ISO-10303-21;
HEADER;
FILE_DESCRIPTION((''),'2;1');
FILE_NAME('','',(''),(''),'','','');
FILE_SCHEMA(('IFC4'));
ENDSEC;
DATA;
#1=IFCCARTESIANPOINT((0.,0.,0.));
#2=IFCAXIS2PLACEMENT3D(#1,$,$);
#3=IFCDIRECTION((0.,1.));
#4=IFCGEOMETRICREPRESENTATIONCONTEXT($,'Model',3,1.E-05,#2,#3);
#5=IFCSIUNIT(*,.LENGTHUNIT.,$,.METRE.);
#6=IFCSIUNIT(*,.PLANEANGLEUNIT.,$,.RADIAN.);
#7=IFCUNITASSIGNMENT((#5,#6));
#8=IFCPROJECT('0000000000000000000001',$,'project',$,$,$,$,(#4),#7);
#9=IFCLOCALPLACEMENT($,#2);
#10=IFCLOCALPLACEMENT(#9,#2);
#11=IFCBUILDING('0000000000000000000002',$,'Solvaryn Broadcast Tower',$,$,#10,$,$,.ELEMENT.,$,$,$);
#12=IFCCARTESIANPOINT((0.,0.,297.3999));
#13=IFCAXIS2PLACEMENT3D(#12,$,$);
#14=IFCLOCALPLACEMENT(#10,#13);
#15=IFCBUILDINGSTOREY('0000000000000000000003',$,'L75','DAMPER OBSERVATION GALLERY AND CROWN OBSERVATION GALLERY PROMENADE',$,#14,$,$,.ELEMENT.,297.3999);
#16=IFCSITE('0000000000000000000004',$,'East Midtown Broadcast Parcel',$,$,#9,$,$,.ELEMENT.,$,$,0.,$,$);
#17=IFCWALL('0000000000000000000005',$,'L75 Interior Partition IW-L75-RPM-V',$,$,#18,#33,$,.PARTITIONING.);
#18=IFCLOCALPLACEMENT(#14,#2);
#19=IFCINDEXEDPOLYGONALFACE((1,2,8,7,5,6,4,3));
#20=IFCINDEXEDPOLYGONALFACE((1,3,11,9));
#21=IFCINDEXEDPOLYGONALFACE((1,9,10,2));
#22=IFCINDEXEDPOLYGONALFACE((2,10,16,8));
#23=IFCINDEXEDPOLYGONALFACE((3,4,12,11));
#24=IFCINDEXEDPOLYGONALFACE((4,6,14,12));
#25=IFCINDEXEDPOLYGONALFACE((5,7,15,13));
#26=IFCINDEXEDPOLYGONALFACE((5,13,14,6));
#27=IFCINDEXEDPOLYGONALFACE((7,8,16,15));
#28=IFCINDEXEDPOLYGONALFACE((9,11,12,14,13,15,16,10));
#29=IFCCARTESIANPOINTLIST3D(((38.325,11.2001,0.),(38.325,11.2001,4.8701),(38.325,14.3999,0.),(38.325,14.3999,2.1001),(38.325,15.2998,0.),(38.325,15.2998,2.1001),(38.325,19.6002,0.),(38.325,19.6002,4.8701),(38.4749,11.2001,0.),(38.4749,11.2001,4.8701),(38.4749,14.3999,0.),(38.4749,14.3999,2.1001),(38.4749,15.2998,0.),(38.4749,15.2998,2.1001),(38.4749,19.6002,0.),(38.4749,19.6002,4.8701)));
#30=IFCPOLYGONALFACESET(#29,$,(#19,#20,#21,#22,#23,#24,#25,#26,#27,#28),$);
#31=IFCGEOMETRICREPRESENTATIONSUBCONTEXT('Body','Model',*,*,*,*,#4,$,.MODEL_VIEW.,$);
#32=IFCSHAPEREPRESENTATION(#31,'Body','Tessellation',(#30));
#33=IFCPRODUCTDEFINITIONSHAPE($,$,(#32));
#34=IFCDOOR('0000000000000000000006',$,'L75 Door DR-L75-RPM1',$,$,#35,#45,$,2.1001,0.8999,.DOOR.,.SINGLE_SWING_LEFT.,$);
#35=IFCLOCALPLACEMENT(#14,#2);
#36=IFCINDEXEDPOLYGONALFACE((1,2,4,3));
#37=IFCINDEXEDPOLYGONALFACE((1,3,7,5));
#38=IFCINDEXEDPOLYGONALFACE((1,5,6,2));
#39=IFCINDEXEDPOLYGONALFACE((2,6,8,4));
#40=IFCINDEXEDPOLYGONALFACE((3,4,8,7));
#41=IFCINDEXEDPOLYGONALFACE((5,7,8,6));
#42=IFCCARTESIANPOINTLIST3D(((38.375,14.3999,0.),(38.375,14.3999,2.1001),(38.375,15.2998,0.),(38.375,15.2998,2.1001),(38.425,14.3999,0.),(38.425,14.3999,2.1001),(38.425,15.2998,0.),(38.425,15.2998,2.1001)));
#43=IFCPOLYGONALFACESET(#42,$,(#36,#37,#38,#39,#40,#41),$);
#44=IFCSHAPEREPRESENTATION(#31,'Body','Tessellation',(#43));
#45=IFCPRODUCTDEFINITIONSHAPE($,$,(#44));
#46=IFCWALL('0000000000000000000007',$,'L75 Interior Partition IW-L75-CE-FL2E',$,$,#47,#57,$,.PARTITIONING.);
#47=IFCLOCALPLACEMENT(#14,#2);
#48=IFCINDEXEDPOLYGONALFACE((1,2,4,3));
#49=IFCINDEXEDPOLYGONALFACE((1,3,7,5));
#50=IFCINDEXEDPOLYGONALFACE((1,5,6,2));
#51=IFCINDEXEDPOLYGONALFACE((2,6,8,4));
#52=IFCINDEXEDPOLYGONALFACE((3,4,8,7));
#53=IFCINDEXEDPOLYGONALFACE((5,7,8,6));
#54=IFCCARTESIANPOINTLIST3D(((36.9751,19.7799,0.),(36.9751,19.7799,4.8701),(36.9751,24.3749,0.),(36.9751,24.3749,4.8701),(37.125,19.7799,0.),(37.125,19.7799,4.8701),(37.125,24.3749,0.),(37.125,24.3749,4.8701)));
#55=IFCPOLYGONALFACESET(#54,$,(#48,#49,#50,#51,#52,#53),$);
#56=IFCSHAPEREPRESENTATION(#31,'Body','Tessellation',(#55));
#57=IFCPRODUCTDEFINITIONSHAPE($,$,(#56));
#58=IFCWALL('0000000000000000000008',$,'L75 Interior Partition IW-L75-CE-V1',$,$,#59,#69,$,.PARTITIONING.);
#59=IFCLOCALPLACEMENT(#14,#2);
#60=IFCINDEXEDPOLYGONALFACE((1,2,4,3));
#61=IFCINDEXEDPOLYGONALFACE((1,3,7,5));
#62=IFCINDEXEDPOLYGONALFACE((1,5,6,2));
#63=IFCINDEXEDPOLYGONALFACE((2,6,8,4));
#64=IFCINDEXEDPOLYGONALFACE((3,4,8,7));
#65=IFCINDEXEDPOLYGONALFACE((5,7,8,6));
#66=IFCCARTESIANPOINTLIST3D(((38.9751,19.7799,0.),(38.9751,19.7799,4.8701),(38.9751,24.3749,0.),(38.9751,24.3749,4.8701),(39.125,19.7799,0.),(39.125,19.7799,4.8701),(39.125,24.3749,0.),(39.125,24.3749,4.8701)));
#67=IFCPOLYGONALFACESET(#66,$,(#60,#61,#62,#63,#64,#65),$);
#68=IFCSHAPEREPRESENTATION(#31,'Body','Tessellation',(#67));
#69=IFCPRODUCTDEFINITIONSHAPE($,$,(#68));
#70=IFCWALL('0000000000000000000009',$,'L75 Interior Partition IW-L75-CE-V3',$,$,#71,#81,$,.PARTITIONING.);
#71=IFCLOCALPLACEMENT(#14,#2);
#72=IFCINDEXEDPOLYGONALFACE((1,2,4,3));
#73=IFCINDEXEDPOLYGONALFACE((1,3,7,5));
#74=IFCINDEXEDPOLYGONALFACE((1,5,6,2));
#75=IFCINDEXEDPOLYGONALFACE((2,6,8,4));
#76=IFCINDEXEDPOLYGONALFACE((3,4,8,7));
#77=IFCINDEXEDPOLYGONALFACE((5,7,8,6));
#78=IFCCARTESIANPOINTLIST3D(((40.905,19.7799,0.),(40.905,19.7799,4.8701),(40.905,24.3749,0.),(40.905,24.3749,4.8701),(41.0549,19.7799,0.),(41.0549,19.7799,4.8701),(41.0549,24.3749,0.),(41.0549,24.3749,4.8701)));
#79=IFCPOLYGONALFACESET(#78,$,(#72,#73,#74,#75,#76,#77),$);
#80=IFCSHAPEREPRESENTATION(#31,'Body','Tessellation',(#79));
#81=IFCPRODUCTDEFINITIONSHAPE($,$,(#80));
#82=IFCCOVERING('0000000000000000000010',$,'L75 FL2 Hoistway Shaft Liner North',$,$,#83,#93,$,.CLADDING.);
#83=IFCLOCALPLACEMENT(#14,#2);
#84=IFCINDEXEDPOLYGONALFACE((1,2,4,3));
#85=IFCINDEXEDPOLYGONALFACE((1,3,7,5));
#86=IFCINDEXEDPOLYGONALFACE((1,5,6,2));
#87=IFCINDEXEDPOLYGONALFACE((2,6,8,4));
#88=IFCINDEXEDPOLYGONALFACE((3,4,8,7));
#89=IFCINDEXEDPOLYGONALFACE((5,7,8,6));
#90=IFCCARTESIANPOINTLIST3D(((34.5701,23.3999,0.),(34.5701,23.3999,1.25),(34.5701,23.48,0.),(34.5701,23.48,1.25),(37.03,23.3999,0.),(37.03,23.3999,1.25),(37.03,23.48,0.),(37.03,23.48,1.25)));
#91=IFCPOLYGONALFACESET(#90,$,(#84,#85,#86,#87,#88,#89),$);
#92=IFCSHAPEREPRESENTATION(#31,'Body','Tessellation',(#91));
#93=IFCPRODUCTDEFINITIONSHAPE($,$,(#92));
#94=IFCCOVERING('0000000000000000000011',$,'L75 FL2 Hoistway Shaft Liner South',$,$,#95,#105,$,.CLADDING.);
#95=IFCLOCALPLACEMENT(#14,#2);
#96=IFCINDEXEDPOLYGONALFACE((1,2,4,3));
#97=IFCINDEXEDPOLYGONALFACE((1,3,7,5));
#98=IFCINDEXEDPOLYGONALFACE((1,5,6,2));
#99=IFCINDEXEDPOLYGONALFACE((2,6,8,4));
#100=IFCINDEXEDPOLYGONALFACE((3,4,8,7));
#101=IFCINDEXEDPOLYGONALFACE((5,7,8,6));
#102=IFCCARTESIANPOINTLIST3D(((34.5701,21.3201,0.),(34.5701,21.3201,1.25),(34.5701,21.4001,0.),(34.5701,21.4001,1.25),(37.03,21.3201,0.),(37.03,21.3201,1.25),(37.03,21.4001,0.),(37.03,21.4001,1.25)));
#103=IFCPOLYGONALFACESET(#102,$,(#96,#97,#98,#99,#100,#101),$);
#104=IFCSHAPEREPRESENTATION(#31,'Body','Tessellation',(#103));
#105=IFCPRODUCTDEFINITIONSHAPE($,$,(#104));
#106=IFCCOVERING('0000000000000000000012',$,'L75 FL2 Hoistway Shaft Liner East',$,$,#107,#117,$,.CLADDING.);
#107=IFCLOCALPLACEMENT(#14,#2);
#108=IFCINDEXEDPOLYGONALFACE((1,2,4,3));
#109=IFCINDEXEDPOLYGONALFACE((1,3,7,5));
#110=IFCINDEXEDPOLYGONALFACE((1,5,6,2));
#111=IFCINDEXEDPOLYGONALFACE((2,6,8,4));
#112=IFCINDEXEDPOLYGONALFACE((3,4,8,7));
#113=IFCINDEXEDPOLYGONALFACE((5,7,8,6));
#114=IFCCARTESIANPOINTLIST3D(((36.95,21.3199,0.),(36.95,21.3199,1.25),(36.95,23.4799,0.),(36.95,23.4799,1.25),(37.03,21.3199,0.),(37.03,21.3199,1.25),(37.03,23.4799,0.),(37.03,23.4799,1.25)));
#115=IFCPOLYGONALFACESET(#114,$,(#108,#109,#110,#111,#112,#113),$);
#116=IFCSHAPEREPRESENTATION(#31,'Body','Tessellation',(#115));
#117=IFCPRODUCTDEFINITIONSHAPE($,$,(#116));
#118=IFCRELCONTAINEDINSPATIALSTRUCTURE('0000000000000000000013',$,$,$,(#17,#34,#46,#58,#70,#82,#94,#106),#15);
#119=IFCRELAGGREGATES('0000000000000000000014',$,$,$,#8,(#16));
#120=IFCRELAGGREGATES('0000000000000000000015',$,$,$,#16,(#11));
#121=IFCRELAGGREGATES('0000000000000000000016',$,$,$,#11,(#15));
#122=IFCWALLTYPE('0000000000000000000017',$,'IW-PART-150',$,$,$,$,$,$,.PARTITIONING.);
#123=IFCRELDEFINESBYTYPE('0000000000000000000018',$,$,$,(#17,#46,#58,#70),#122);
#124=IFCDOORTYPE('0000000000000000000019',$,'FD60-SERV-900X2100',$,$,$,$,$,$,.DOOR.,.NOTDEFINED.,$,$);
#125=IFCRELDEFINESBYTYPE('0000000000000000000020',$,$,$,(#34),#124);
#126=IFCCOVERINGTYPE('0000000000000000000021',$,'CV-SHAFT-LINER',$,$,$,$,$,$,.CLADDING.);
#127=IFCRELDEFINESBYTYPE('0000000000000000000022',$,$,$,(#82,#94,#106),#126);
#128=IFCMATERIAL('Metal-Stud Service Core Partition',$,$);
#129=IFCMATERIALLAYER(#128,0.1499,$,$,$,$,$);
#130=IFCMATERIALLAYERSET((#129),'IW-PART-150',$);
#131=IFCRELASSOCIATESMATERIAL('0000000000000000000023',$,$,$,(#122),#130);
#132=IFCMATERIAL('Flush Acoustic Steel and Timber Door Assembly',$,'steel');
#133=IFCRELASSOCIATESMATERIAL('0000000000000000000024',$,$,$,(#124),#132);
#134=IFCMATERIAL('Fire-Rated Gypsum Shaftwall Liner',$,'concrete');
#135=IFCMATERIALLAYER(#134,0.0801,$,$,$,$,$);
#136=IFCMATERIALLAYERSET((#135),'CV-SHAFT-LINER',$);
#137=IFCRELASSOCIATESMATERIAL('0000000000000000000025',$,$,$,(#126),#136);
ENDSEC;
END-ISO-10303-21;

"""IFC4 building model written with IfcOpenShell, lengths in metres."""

from ifc_helpers import new_model, si_unit, direction, frame, frame_2d, origin, origin_2d, place, context, subcontext, project, spatial, rectangle, extrude, material, layer, layer_set, type_object, element, fill, save


model = new_model("IFC4")

# Units and contexts
model_context = context("Model", 3, precision=1e-05, world=origin(), true_north=direction((0.0, 1.0)))
body_context = subcontext(model_context, "Body", "Model", "MODEL_VIEW")
ifc_project = project(units=[si_unit("LENGTHUNIT", "METRE"), si_unit("PLANEANGLEUNIT", "RADIAN")], contexts=[model_context])

# Site, building, storey
site_placement = place(None, origin())
site = spatial("IfcSite", under=ifc_project, at=site_placement, Name="East Midtown Broadcast Parcel", CompositionType="ELEMENT", RefElevation=0.0)
building_placement = place(site_placement, origin())
building = spatial("IfcBuilding", under=site, at=building_placement, Name="Solvaryn Broadcast Tower", CompositionType="ELEMENT")
storey_placement = place(building_placement, frame((0.0, 0.0, 297.3999)))
storey = spatial("IfcBuildingStorey", under=building, at=storey_placement, Name="L75", Description="DAMPER OBSERVATION GALLERY AND CROWN OBSERVATION GALLERY PROMENADE", CompositionType="ELEMENT", Elevation=297.3999)

# Wall, opening, door
ifc_material_1 = material(Name="Metal-Stud Service Core Partition")
ifc_layer_1 = layer(ifc_material_1, 0.1499)
ifc_layer_set_1 = layer_set([ifc_layer_1], Name="IW-PART-150")
wall_type_1 = type_object("IfcWallType", Name="IW-PART-150", PredefinedType="PARTITIONING", material=ifc_layer_set_1)
wall_1_placement = place(storey_placement, frame((38.3999, 11.2, 0.0), z_axis=(0.0, 0.0, 1.0), x_axis=(0.0, 1.0, 0.0)))
wall_1 = element("IfcWall", 1, at=wall_1_placement, inside=storey, type_object=wall_type_1, Name="L75 Interior Partition IW-L75-RPM-V", PredefinedType="PARTITIONING", context=body_context, shape_type="SweptSolid", body=[
    extrude(rectangle(XDim=8.4001, YDim=0.1499, at=frame_2d((4.2002, 0.0))), origin(), (0.0, 0.0, 1.0), 4.8701),
])
opening_1_placement = place(wall_1_placement, frame((3.2, 0.0, 0.0)))
opening_1 = element("IfcOpeningElement", 2, at=opening_1_placement, cuts=wall_1, PredefinedType="OPENING", context=body_context, shape_type="SweptSolid", body=[
    extrude(rectangle(XDim=0.8999, YDim=2.1001, at=frame_2d((0.45, 1.05))), frame((0.0, 0.085, 0.0), z_axis=(0.0, -1.0, 0.0), x_axis=(1.0, 0.0, 0.0)), (0.0, 0.0, 1.0), 0.1699),
])
ifc_material_2 = material(Name="Flush Acoustic Steel and Timber Door Assembly", Category="steel")
door_type_1 = type_object("IfcDoorType", Name="FD60-SERV-900X2100", OperationType="NOTDEFINED", PredefinedType="DOOR", material=ifc_material_2)
door_1_placement = place(opening_1_placement, origin())
door_1 = element("IfcDoor", 3, at=door_1_placement, inside=storey, type_object=door_type_1, Name="L75 Door DR-L75-RPM1", OperationType="SINGLE_SWING_LEFT", OverallHeight=2.1001, OverallWidth=0.8999, PredefinedType="DOOR", context=body_context, shape_type="SweptSolid", body=[
    extrude(rectangle(XDim=0.8999, YDim=2.1001, at=frame_2d((0.45, 1.05))), frame((0.0, 0.0249, 0.0), z_axis=(0.0, -1.0, 0.0), x_axis=(1.0, 0.0, 0.0)), (0.0, 0.0, 1.0), 0.05),
])
fill(opening_1, door_1)

# Walls
for number, where, z_axis, x_axis, name in (
    (4, (37.05, 19.78, 0.0), (0.0, 0.0, 1.0), (0.0, 1.0, 0.0), "L75 Interior Partition IW-L75-CE-FL2E"),
    (5, (39.05, 19.78, 0.0), (0.0, 0.0, 1.0), (0.0, 1.0, 0.0), "L75 Interior Partition IW-L75-CE-V1"),
    (6, (40.98, 19.78, 0.0), (0.0, 0.0, 1.0), (0.0, 1.0, 0.0), "L75 Interior Partition IW-L75-CE-V3"),
):
    element("IfcWall", number, at=place(storey_placement, frame(where, z_axis=z_axis, x_axis=x_axis)), inside=storey, type_object=wall_type_1, Name=name, PredefinedType="PARTITIONING", context=body_context, shape_type="SweptSolid", body=[
        extrude(rectangle(XDim=4.595, YDim=0.1499, at=frame_2d((2.2974, 0.0))), origin(), (0.0, 0.0, 1.0), 4.8701),
    ])

# Coverings
ifc_material_3 = material(Name="Fire-Rated Gypsum Shaftwall Liner", Category="concrete")
ifc_layer_2 = layer(ifc_material_3, 0.0801)
ifc_layer_set_2 = layer_set([ifc_layer_2], Name="CV-SHAFT-LINER")
covering_type = type_object("IfcCoveringType", Name="CV-SHAFT-LINER", PredefinedType="CLADDING", material=ifc_layer_set_2)
for number, where, z_axis, x_axis, name in (
    (7, (35.8, 23.4399, 0.0), (0.0, 0.0, 1.0), (1.0, 0.0, 0.0), "L75 FL2 Hoistway Shaft Liner North"),
    (8, (35.8, 21.3601, 0.0), (0.0, 0.0, 1.0), (1.0, 0.0, 0.0), "L75 FL2 Hoistway Shaft Liner South"),
):
    element("IfcCovering", number, at=place(storey_placement, frame(where, z_axis=z_axis, x_axis=x_axis)), inside=storey, type_object=covering_type, Name=name, PredefinedType="CLADDING", context=body_context, shape_type="SweptSolid", body=[
        extrude(rectangle(XDim=2.46, YDim=0.0801, at=origin_2d()), origin(), (0.0, 0.0, 1.0), 1.25),
    ])
covering_placement = place(storey_placement, frame((36.99, 22.3999, 0.0), z_axis=(0.0, 0.0, 1.0), x_axis=(1.0, 0.0, 0.0)))
element("IfcCovering", 9, at=covering_placement, inside=storey, type_object=covering_type, Name="L75 FL2 Hoistway Shaft Liner East", PredefinedType="CLADDING", context=body_context, shape_type="SweptSolid", body=[
    extrude(rectangle(XDim=0.0801, YDim=2.1599, at=origin_2d()), origin(), (0.0, 0.0, 1.0), 1.25),
])

save(model, "model.ifc")
